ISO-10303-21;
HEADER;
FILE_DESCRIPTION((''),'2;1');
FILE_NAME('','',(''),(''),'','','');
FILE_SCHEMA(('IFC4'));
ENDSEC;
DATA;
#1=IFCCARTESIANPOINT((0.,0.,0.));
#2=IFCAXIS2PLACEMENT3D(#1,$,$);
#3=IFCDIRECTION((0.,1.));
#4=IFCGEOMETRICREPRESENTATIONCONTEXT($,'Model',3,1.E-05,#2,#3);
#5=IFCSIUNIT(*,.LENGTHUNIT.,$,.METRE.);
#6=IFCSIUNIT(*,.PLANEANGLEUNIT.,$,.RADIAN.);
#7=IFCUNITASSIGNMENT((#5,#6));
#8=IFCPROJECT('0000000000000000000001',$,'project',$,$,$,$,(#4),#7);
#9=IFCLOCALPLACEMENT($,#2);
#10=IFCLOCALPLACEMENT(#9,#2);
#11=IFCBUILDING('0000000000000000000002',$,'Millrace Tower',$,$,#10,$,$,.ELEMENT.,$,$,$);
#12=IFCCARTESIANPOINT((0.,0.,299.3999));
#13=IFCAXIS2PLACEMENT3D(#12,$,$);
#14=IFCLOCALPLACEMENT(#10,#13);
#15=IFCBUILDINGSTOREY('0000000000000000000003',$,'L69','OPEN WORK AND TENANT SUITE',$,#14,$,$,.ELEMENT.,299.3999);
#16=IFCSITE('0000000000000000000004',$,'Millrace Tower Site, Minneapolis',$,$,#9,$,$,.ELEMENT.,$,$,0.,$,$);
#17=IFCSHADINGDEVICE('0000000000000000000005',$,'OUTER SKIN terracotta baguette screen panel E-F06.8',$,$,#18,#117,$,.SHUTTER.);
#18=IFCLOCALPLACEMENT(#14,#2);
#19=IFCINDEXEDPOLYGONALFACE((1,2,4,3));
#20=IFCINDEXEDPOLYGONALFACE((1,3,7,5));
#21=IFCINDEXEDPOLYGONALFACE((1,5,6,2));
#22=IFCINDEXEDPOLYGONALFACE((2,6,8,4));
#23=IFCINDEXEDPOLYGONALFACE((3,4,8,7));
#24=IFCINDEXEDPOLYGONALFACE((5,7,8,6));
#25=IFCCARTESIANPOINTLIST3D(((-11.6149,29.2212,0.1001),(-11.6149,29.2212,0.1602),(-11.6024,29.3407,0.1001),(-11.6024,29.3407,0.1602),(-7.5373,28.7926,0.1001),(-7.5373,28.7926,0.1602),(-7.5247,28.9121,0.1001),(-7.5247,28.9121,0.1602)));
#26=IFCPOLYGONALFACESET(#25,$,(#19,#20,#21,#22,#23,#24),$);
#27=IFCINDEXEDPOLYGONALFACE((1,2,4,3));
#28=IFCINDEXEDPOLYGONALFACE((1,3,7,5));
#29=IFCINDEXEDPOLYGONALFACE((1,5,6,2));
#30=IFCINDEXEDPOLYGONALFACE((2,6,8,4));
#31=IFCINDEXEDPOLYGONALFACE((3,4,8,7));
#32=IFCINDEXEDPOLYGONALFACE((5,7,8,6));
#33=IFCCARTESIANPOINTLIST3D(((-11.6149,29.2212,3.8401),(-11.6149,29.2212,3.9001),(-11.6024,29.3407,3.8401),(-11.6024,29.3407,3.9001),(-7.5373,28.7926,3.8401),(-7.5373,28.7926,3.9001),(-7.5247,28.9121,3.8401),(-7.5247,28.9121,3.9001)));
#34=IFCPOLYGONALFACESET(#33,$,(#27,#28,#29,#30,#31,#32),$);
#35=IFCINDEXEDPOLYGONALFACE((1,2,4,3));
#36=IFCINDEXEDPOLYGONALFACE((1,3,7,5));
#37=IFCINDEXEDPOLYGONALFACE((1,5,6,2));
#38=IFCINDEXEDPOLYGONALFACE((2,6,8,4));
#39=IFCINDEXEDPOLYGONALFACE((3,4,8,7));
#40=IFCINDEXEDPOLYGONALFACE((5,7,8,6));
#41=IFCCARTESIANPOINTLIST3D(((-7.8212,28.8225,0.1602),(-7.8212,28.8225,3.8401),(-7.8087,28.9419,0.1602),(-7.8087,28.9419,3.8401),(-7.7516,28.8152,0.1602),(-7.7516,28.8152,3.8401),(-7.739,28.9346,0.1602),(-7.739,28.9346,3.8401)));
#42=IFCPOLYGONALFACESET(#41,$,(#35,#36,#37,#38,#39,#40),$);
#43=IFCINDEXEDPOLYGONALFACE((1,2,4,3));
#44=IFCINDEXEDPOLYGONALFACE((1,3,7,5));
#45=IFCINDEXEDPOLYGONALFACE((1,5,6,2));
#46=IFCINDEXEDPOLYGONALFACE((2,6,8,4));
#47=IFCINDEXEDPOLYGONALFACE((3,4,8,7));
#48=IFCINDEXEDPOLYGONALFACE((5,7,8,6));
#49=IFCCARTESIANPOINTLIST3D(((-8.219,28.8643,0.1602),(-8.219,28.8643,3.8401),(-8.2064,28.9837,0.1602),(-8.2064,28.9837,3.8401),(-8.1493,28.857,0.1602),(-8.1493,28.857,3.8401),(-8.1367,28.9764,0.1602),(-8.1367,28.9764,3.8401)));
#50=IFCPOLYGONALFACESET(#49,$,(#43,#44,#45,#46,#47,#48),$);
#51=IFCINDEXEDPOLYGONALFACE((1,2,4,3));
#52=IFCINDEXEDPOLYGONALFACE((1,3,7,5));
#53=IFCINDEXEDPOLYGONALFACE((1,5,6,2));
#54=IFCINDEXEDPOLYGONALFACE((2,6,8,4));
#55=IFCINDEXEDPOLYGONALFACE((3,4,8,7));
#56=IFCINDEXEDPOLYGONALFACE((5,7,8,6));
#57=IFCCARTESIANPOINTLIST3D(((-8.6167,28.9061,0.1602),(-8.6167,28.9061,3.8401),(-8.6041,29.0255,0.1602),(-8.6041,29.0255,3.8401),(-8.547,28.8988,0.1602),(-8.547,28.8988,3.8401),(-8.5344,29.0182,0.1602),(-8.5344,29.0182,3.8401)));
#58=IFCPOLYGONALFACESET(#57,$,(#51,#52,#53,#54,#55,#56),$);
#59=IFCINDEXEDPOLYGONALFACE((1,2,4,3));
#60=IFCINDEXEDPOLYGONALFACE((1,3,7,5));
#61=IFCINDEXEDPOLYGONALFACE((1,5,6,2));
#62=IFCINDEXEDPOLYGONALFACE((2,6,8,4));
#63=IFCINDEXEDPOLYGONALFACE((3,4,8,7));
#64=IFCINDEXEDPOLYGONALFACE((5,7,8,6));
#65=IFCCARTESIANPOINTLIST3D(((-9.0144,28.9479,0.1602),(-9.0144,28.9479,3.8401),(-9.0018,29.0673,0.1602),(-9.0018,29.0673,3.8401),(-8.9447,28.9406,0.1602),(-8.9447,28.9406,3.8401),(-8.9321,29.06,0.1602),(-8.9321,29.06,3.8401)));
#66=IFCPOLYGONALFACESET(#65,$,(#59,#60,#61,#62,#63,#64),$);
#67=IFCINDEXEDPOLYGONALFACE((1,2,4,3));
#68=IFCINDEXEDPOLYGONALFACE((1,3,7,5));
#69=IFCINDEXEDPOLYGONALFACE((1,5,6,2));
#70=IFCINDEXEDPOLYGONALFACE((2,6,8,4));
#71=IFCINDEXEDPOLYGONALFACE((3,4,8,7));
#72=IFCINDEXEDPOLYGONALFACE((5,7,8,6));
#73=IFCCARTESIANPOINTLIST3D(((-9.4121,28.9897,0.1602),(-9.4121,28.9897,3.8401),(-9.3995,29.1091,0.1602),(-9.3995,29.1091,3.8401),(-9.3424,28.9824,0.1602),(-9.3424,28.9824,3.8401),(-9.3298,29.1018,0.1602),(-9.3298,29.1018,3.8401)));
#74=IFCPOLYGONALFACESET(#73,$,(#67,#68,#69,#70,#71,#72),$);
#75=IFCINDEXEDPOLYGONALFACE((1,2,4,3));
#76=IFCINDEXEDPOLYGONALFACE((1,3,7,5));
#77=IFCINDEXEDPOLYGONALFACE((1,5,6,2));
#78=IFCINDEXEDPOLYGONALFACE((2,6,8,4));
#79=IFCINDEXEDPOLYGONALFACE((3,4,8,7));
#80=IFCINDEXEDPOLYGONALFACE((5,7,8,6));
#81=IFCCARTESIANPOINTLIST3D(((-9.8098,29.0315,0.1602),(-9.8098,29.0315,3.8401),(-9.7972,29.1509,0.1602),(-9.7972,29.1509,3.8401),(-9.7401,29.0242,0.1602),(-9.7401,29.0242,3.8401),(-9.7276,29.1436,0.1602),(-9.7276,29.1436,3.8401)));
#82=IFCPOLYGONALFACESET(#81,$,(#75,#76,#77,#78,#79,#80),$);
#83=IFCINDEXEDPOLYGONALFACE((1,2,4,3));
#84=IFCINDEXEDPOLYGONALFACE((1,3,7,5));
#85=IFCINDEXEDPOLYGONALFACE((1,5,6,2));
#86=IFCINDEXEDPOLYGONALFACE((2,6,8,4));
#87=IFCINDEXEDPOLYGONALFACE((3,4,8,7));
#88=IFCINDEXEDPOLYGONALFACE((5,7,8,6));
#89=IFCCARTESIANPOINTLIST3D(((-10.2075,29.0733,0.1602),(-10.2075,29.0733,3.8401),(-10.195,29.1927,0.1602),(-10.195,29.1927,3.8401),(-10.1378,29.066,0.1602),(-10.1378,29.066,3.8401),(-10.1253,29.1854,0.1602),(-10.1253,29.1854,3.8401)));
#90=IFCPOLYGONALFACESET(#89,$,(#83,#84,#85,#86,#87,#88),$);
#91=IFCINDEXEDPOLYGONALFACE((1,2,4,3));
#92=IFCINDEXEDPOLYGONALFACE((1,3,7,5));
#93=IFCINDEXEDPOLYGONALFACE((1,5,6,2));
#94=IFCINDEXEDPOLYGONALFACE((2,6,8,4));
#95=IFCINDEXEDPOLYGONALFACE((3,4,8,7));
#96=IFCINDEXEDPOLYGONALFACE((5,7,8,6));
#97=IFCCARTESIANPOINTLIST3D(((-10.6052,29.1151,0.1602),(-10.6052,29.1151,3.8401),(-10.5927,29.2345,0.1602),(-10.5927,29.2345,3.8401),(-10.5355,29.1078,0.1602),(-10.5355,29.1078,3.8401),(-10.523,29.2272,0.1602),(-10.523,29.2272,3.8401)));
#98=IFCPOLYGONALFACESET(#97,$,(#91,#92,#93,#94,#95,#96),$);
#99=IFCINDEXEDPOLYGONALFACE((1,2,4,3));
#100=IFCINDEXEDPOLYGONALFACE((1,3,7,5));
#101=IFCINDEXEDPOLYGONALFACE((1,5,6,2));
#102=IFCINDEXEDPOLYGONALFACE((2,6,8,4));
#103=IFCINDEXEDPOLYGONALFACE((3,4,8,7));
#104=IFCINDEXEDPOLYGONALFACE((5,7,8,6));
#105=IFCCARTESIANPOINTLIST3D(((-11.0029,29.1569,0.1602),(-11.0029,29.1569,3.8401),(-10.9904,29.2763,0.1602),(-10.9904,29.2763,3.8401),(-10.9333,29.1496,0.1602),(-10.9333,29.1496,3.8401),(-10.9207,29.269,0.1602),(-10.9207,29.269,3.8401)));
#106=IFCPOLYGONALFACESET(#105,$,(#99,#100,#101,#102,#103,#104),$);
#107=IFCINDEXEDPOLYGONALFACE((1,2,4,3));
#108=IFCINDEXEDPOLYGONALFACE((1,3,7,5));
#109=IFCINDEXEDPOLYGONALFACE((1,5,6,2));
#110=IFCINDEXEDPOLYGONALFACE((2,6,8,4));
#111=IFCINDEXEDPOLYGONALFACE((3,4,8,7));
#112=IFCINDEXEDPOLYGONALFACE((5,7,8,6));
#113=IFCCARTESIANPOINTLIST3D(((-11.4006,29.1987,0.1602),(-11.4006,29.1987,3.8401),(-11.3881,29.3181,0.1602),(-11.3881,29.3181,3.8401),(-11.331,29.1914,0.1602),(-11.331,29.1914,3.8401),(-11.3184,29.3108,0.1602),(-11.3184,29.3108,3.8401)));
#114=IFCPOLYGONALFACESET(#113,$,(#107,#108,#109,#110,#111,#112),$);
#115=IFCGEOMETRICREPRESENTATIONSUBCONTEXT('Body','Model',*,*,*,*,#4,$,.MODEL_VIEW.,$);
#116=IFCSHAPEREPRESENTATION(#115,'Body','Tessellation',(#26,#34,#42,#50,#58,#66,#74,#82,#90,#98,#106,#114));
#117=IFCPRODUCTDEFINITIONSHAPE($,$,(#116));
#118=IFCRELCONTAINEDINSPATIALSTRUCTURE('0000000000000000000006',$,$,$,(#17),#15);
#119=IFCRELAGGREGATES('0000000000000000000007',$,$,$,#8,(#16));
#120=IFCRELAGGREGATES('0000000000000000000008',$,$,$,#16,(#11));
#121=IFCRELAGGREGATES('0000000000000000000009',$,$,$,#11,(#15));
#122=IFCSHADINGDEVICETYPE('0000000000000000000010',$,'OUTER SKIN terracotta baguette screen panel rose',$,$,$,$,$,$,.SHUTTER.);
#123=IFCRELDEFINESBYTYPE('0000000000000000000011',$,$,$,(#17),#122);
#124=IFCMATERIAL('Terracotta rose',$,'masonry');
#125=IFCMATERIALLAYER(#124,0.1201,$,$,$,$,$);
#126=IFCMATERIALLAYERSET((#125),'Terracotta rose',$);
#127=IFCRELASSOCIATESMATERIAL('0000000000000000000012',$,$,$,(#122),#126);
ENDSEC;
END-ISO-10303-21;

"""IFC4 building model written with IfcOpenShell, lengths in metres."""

from ifc_helpers import new_model, entity, si_unit, direction, frame, frame_2d, origin, place, context, subcontext, project, spatial, rectangle, extrude, source, transform, mapped, material, layer, layer_set, type_object, element, save


model = new_model("IFC4")

# Units and contexts
model_context = context("Model", 3, precision=1e-05, world=origin(), true_north=direction((0.0, 1.0)))
body_context = subcontext(model_context, "Body", "Model", "MODEL_VIEW")
ifc_project = project(units=[si_unit("LENGTHUNIT", "METRE"), si_unit("PLANEANGLEUNIT", "RADIAN")], contexts=[model_context])

# Site, building, storey
site_placement = place(None, origin())
site = spatial("IfcSite", under=ifc_project, at=site_placement, Name="Millrace Tower Site, Minneapolis", CompositionType="ELEMENT", RefElevation=0.0)
building_placement = place(site_placement, origin())
building = spatial("IfcBuilding", under=site, at=building_placement, Name="Millrace Tower", CompositionType="ELEMENT")
storey_placement = place(building_placement, frame((0.0, 0.0, 299.3999)))
storey = spatial("IfcBuildingStorey", under=building, at=storey_placement, Name="L69", Description="OPEN WORK AND TENANT SUITE", CompositionType="ELEMENT", Elevation=299.3999)

# Shading device
ifc_material_1 = material(Name="Terracotta rose", Category="masonry")
ifc_layer_1 = layer(ifc_material_1, 0.1201)
ifc_layer_set_1 = layer_set([ifc_layer_1], Name="Terracotta rose")
shading_device_type = type_object("IfcShadingDeviceType", Name="OUTER SKIN terracotta baguette screen panel rose", PredefinedType="SHUTTER", material=ifc_layer_set_1)
cartesian_point_1 = entity("IfcCartesianPoint", [-2.05, 0.0601])
shared_polyline_1 = entity("IfcPolyline", [cartesian_point_1, entity("IfcCartesianPoint", [2.05, 0.0601]), entity("IfcCartesianPoint", [2.05, -0.0601]), entity("IfcCartesianPoint", [-2.05, -0.0601]), cartesian_point_1])
shared_shape_1 = source(origin(), body_context, "Body", "SweptSolid", [
    entity("IfcExtrudedAreaSolid", entity("IfcArbitraryClosedProfileDef", "AREA", None, shared_polyline_1), entity("IfcAxis2Placement3D", entity("IfcCartesianPoint", [0.0, 0.0, 0.0])), entity("IfcDirection", [0.0, 0.0, 1.0]), 0.0601),
    entity("IfcExtrudedAreaSolid", entity("IfcArbitraryClosedProfileDef", "AREA", None, shared_polyline_1), entity("IfcAxis2Placement3D", entity("IfcCartesianPoint", [0.0, 0.0, 3.74])), entity("IfcDirection", [0.0, 0.0, 1.0]), 0.0601),
    extrude(rectangle(XDim=0.0701, YDim=0.1201, at=frame_2d((-1.7996, 0.0))), frame((0.0, 0.0, 0.0601)), (0.0, 0.0, 1.0), 3.6799),
    extrude(rectangle(XDim=0.0701, YDim=0.1201, at=frame_2d((-1.3997, 0.0))), frame((0.0, 0.0, 0.0601)), (0.0, 0.0, 1.0), 3.6799),
    extrude(rectangle(XDim=0.0701, YDim=0.1201, at=frame_2d((-0.9998, 0.0))), frame((0.0, 0.0, 0.0601)), (0.0, 0.0, 1.0), 3.6799),
    extrude(rectangle(XDim=0.0701, YDim=0.1201, at=frame_2d((-0.5999, 0.0))), frame((0.0, 0.0, 0.0601)), (0.0, 0.0, 1.0), 3.6799),
    extrude(rectangle(XDim=0.0701, YDim=0.1201, at=frame_2d((-0.2, 0.0))), frame((0.0, 0.0, 0.0601)), (0.0, 0.0, 1.0), 3.6799),
    extrude(rectangle(XDim=0.0701, YDim=0.1201, at=frame_2d((0.2, 0.0))), frame((0.0, 0.0, 0.0601)), (0.0, 0.0, 1.0), 3.6799),
    extrude(rectangle(XDim=0.0701, YDim=0.1201, at=frame_2d((0.5999, 0.0))), frame((0.0, 0.0, 0.0601)), (0.0, 0.0, 1.0), 3.6799),
    extrude(rectangle(XDim=0.0701, YDim=0.1201, at=frame_2d((0.9998, 0.0))), frame((0.0, 0.0, 0.0601)), (0.0, 0.0, 1.0), 3.6799),
    extrude(rectangle(XDim=0.0701, YDim=0.1201, at=frame_2d((1.3997, 0.0))), frame((0.0, 0.0, 0.0601)), (0.0, 0.0, 1.0), 3.6799),
    extrude(rectangle(XDim=0.0701, YDim=0.1201, at=frame_2d((1.7996, 0.0))), frame((0.0, 0.0, 0.0601)), (0.0, 0.0, 1.0), 3.6799),
])
for number, where, z_axis, x_axis, name in (
    (1, (-9.5698, 29.0667, 0.1001), (0.0, 0.0, 1.0), (-0.994522, 0.104528, 0.0), "OUTER SKIN terracotta baguette screen panel E-F06.8"),
):
    element("IfcShadingDevice", number, at=place(storey_placement, frame(where, z_axis=z_axis, x_axis=x_axis)), inside=storey, type_object=shading_device_type, Name=name, PredefinedType="SHUTTER", context=body_context, shape_type="MappedRepresentation", body=[
        mapped(shared_shape_1, transform((0.0, 0.0, 0.0), scale=1.0)),
    ])

save(model, "model.ifc")
